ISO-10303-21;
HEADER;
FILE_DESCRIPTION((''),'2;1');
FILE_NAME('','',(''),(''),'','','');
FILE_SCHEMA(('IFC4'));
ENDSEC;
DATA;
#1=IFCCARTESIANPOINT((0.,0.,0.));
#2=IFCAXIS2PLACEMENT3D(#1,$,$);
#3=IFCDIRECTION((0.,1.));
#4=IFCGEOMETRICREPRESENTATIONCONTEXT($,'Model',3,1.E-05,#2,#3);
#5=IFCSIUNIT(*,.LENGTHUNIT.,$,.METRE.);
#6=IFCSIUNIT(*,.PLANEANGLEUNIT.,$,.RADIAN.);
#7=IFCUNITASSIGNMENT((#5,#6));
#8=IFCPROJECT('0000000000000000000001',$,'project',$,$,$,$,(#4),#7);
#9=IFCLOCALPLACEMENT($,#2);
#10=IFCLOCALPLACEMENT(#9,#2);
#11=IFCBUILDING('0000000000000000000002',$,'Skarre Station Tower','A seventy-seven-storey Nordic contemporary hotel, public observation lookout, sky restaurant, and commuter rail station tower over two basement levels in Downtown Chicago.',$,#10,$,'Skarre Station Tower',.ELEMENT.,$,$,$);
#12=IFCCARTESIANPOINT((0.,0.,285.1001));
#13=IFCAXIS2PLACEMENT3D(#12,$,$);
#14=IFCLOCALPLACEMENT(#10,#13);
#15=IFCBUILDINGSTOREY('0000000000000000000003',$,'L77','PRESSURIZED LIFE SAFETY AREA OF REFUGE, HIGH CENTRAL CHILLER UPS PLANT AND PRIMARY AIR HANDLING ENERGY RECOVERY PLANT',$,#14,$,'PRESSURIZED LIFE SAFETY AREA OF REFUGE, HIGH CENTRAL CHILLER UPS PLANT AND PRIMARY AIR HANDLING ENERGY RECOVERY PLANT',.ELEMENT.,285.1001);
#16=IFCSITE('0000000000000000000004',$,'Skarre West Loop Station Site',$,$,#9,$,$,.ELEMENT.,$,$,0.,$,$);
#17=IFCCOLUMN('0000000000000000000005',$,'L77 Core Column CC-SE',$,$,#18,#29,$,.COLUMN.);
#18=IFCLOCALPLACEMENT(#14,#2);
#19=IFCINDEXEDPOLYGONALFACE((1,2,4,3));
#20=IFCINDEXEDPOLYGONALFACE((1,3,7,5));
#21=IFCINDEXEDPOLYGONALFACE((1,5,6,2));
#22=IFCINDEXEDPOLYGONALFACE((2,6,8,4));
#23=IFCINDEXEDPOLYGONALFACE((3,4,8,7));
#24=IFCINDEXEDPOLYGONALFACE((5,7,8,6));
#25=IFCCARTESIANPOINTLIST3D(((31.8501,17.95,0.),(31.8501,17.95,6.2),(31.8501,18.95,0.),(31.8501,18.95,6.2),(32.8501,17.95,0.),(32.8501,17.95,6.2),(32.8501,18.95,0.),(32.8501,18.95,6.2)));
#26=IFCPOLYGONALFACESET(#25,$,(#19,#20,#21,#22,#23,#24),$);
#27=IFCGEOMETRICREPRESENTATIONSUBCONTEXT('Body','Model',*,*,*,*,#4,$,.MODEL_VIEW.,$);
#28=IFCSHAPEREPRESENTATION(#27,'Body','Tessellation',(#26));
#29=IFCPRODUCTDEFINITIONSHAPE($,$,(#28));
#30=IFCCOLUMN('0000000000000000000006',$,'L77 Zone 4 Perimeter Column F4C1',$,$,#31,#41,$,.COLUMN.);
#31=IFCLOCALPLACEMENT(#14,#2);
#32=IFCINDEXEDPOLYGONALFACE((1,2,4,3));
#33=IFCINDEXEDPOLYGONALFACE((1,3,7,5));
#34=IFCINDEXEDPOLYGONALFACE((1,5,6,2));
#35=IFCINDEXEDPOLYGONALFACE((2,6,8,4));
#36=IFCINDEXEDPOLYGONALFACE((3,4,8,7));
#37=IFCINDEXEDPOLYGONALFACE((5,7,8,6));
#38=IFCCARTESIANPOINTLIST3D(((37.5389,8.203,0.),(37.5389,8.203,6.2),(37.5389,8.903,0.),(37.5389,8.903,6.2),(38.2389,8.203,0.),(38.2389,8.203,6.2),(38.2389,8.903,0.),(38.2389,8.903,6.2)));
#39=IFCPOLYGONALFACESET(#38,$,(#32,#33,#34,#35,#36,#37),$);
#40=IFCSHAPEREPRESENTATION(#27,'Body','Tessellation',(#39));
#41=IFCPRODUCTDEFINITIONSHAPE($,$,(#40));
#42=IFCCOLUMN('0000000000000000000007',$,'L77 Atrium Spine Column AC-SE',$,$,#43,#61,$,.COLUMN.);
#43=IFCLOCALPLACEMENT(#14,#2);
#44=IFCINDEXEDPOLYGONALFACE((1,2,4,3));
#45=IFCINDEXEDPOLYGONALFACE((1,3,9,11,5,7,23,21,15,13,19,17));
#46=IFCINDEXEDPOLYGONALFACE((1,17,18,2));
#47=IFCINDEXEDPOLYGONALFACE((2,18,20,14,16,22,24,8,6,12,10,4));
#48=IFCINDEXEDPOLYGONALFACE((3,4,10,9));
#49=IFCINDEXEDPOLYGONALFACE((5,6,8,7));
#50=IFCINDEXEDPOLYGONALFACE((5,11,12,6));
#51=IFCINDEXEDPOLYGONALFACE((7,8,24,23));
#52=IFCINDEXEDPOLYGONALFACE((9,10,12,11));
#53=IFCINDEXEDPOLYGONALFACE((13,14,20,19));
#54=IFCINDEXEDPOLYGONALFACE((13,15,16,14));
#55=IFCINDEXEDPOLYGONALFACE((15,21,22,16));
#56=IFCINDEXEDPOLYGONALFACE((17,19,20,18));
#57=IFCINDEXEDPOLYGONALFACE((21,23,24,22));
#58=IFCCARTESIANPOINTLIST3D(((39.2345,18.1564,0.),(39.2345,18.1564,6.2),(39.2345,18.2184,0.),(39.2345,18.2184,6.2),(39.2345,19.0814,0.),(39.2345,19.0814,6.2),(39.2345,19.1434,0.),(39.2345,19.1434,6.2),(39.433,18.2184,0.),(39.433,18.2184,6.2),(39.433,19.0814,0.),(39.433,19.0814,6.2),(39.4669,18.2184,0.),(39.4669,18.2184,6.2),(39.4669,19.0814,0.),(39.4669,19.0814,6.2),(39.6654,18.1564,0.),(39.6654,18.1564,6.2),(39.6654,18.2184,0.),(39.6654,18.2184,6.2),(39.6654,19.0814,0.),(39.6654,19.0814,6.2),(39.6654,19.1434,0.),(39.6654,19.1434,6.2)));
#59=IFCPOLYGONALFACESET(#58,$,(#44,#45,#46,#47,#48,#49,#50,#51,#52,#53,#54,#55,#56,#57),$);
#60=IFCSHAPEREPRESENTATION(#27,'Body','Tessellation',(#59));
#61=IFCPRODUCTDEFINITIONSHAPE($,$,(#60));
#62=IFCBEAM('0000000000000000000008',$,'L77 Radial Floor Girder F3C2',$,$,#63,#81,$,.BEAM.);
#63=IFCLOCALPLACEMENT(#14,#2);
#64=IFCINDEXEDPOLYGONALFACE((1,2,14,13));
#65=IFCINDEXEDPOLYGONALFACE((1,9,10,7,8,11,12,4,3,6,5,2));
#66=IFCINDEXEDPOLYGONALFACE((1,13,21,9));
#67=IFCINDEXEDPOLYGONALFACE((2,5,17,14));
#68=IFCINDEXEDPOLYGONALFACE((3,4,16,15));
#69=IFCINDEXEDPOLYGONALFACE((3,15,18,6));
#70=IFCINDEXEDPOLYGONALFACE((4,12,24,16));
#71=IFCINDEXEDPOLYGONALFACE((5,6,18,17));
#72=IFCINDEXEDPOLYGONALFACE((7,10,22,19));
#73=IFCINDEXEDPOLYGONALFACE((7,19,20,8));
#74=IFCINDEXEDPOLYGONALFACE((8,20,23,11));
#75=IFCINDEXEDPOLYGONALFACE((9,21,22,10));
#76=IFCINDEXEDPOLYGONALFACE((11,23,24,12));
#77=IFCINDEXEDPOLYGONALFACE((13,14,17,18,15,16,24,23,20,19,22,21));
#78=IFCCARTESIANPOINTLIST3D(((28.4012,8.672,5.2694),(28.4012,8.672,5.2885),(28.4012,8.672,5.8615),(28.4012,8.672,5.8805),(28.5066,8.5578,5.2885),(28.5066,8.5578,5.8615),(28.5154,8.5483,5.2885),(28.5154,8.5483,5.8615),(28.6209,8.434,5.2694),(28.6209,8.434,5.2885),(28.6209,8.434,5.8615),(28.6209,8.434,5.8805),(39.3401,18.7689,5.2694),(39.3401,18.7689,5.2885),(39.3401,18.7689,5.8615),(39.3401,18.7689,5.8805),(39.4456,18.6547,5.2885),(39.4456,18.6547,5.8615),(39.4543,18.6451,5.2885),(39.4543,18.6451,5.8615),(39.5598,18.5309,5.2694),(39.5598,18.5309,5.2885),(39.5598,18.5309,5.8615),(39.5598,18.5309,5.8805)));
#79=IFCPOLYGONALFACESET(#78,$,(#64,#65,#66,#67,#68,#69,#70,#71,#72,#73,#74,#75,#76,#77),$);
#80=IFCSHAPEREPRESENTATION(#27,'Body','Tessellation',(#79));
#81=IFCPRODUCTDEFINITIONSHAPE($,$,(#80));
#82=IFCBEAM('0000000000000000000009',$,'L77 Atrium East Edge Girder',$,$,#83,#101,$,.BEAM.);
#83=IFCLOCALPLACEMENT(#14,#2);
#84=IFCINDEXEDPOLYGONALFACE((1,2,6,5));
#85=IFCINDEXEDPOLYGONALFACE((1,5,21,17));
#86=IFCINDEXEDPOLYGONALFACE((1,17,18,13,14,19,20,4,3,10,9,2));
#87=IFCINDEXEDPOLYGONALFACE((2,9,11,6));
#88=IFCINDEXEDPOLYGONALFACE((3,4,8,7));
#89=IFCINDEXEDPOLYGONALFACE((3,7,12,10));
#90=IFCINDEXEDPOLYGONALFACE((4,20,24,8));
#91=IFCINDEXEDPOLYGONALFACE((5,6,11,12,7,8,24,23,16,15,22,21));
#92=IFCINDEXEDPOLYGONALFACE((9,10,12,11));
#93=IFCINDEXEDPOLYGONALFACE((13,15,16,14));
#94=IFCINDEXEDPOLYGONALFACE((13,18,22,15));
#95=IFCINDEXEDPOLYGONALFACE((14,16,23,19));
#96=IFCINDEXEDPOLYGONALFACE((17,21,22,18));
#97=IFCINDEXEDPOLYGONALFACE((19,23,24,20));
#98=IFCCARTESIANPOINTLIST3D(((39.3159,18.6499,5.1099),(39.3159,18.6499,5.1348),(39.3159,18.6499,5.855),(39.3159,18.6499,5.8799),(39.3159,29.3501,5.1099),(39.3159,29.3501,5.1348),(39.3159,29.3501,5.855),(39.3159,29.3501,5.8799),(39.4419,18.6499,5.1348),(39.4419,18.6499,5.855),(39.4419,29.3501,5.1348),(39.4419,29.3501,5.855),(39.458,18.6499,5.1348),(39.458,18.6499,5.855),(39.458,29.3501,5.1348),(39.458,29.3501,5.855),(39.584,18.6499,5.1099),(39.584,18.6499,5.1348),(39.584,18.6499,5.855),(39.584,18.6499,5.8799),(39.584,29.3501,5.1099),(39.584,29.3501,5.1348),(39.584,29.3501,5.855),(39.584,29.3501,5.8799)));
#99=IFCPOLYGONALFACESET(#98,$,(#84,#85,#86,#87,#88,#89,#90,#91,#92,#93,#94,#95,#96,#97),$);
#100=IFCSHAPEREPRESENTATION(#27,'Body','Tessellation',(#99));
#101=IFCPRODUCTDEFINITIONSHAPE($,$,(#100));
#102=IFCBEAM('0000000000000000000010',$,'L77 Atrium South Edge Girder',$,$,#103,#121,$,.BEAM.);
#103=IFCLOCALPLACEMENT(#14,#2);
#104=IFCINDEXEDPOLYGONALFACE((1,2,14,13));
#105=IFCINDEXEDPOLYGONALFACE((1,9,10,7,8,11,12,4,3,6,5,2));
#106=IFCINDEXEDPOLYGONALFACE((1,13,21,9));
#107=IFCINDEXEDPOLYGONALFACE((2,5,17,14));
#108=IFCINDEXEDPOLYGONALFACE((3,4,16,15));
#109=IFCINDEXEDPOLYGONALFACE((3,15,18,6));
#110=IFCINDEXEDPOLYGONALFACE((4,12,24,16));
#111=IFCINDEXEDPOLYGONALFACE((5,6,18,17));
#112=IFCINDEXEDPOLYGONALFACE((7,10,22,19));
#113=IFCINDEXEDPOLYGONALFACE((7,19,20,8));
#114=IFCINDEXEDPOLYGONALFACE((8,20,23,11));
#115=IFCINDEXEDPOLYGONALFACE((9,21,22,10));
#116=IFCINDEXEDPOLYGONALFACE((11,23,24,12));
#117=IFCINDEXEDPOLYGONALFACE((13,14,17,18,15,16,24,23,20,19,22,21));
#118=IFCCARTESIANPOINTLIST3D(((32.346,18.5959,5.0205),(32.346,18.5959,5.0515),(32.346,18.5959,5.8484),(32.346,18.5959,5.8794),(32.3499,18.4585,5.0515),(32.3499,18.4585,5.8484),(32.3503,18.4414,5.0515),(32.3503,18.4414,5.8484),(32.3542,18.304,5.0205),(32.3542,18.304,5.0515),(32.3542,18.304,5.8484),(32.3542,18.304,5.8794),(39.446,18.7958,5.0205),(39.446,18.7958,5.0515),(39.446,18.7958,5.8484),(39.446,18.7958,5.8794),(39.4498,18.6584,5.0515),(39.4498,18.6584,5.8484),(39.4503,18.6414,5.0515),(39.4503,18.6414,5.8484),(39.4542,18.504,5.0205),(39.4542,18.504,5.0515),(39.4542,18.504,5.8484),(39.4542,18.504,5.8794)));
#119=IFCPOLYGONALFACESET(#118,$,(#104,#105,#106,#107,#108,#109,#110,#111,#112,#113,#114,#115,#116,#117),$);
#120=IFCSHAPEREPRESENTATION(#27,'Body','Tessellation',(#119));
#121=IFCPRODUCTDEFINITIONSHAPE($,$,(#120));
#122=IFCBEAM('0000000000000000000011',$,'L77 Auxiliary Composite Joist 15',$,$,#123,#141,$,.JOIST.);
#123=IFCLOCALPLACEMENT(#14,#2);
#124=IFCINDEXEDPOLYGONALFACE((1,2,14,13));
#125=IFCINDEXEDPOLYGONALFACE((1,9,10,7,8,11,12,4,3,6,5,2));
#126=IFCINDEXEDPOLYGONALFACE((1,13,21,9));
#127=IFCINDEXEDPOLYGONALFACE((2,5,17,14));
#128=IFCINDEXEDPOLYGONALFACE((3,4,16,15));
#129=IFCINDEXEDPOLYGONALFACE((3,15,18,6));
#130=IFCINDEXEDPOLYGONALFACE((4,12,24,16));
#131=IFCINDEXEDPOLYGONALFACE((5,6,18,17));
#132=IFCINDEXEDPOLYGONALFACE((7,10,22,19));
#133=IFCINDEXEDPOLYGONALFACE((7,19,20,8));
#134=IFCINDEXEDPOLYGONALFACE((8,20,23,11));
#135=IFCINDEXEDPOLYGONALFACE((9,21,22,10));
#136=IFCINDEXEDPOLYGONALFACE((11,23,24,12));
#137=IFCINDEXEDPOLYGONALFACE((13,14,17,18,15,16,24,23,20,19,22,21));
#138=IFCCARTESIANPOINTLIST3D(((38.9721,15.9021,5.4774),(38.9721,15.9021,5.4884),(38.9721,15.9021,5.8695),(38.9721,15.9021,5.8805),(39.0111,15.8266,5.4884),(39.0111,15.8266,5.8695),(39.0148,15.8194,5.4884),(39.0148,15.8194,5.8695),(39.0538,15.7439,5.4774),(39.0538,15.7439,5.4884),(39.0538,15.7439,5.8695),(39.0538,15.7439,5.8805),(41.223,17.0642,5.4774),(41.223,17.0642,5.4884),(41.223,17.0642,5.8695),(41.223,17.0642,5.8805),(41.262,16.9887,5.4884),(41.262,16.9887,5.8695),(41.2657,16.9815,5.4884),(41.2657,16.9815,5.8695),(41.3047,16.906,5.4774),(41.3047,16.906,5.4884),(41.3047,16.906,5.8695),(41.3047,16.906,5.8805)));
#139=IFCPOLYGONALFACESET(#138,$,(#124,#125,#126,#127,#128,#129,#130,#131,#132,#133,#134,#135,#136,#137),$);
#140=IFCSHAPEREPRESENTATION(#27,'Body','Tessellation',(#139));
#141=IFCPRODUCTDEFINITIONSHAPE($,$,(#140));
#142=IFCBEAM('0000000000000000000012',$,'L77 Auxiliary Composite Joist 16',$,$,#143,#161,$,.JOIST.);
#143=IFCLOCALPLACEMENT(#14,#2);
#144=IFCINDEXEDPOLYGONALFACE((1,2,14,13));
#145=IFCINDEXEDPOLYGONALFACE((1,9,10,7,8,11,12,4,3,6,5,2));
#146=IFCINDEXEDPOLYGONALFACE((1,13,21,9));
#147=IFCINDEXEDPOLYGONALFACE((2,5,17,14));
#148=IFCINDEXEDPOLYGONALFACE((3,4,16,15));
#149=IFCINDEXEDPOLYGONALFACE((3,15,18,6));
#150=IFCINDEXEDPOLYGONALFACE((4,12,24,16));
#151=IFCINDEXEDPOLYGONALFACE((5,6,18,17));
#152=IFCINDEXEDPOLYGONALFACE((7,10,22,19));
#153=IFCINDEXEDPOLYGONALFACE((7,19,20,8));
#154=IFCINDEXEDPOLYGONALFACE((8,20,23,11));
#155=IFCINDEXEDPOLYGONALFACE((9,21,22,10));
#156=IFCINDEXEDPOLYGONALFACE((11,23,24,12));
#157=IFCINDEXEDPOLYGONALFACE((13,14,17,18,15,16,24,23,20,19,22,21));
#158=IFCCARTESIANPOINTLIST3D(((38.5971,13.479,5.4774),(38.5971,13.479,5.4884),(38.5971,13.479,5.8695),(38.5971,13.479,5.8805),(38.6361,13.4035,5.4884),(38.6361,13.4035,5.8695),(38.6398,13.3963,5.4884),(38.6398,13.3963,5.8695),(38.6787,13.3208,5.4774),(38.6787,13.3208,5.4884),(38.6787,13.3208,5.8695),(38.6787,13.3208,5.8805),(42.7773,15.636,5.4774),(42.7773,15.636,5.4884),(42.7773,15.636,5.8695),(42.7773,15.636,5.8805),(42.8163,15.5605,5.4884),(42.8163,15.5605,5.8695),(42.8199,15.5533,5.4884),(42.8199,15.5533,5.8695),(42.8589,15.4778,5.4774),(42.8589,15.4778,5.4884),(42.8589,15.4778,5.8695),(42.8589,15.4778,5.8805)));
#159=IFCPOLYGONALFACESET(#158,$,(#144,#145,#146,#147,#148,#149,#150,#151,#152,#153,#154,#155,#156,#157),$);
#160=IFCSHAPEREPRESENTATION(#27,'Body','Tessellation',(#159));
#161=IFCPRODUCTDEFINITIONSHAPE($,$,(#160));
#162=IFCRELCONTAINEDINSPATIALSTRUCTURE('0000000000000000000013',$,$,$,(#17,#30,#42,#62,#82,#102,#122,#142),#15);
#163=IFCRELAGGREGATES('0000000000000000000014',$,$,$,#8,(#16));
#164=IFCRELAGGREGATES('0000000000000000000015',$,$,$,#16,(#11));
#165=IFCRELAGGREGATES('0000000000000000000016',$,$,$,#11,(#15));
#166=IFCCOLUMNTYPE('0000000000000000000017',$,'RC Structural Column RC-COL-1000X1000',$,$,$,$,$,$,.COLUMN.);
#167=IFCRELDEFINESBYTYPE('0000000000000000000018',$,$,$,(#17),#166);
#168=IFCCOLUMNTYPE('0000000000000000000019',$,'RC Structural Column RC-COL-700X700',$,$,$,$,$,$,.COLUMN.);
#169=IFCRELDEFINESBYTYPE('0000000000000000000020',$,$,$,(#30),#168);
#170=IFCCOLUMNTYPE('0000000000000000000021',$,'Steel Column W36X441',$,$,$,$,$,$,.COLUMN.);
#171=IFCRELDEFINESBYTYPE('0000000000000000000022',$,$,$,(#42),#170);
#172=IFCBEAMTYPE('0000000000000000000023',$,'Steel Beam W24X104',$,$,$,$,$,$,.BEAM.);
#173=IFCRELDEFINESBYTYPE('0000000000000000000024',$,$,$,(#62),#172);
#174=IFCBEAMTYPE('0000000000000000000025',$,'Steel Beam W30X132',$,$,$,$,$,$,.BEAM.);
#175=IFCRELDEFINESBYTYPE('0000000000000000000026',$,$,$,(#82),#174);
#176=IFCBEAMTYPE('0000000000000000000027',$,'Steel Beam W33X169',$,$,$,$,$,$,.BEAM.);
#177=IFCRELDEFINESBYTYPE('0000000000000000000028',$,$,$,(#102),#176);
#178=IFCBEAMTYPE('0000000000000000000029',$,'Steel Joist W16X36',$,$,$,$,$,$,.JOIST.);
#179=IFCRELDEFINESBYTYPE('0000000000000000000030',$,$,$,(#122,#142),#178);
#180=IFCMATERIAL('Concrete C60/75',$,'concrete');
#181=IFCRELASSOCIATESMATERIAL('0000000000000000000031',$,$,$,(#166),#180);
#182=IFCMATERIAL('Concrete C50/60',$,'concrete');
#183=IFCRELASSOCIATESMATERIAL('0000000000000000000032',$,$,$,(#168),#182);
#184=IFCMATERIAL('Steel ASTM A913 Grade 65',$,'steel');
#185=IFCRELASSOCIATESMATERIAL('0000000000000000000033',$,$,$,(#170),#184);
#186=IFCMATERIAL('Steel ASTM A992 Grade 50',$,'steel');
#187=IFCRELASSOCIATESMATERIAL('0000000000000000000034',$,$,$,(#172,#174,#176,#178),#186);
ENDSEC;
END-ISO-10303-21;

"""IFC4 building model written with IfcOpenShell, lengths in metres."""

from ifc_helpers import new_model, si_unit, direction, frame, origin, origin_2d, place, context, subcontext, project, spatial, rectangle, i_section, extrude, material, material_profile, profile_set, type_object, element, save


model = new_model("IFC4")

# Units and contexts
model_context = context("Model", 3, precision=1e-05, world=origin(), true_north=direction((0.0, 1.0)))
body_context = subcontext(model_context, "Body", "Model", "MODEL_VIEW")
ifc_project = project(units=[si_unit("LENGTHUNIT", "METRE"), si_unit("PLANEANGLEUNIT", "RADIAN")], contexts=[model_context])

# Site, building, storey
site_placement = place(None, origin())
site = spatial("IfcSite", under=ifc_project, at=site_placement, Name="Skarre West Loop Station Site", CompositionType="ELEMENT", RefElevation=0.0)
building_placement = place(site_placement, origin())
building = spatial("IfcBuilding", under=site, at=building_placement, Name="Skarre Station Tower", Description="A seventy-seven-storey Nordic contemporary hotel, public observation lookout, sky restaurant, and commuter rail station tower over two basement levels in Downtown Chicago.", LongName="Skarre Station Tower", CompositionType="ELEMENT")
storey_placement = place(building_placement, frame((0.0, 0.0, 285.1001)))
storey = spatial("IfcBuildingStorey", under=building, at=storey_placement, Name="L77", Description="PRESSURIZED LIFE SAFETY AREA OF REFUGE, HIGH CENTRAL CHILLER UPS PLANT AND PRIMARY AIR HANDLING ENERGY RECOVERY PLANT", LongName="PRESSURIZED LIFE SAFETY AREA OF REFUGE, HIGH CENTRAL CHILLER UPS PLANT AND PRIMARY AIR HANDLING ENERGY RECOVERY PLANT", CompositionType="ELEMENT", Elevation=285.1001)

# Columns
ifc_material_1 = material(Name="Concrete C60/75", Category="concrete")
ifc_material_profile_1 = material_profile(ifc_material_1, rectangle(XDim=1.0, YDim=1.0, at=origin_2d()), Name="Concrete C60/75")
ifc_profile_set_1 = profile_set([ifc_material_profile_1], Name="Concrete C60/75")
column_type_1 = type_object("IfcColumnType", Name="RC Structural Column RC-COL-1000X1000", PredefinedType="COLUMN", material=ifc_profile_set_1)
column_1_placement = place(storey_placement, frame((32.3501, 18.45, 0.0), z_axis=(0.0, 0.0, 1.0), x_axis=(1.0, 0.0, 0.0)))
element("IfcColumn", 1, at=column_1_placement, inside=storey, type_object=column_type_1, Name="L77 Core Column CC-SE", PredefinedType="COLUMN", context=body_context, shape_type="SweptSolid", body=[
    extrude(rectangle(XDim=1.0, YDim=1.0, at=origin_2d()), origin(), (0.0, 0.0, 1.0), 6.2),
])
ifc_material_2 = material(Name="Concrete C50/60", Category="concrete")
ifc_material_profile_2 = material_profile(ifc_material_2, rectangle(XDim=0.7, YDim=0.7, at=origin_2d()), Name="Concrete C50/60")
ifc_profile_set_2 = profile_set([ifc_material_profile_2], Name="Concrete C50/60")
column_type_2 = type_object("IfcColumnType", Name="RC Structural Column RC-COL-700X700", PredefinedType="COLUMN", material=ifc_profile_set_2)
column_2_placement = place(storey_placement, frame((37.8889, 8.553, 0.0), z_axis=(0.0, 0.0, 1.0), x_axis=(1.0, 0.0, 0.0)))
element("IfcColumn", 2, at=column_2_placement, inside=storey, type_object=column_type_2, Name="L77 Zone 4 Perimeter Column F4C1", PredefinedType="COLUMN", context=body_context, shape_type="SweptSolid", body=[
    extrude(rectangle(XDim=0.7, YDim=0.7, at=origin_2d()), origin(), (0.0, 0.0, 1.0), 6.2),
])
ifc_material_3 = material(Name="Steel ASTM A913 Grade 65", Category="steel")
ifc_material_profile_3 = material_profile(ifc_material_3, i_section(OverallWidth=0.4309, OverallDepth=0.9871, WebThickness=0.0339, FlangeThickness=0.062, at=origin_2d()), Name="Steel ASTM A913 Grade 65")
ifc_profile_set_3 = profile_set([ifc_material_profile_3], Name="Steel ASTM A913 Grade 65")
column_type_3 = type_object("IfcColumnType", Name="Steel Column W36X441", PredefinedType="COLUMN", material=ifc_profile_set_3)
column_3_placement = place(storey_placement, frame((39.45, 18.6499, 0.0), z_axis=(0.0, 0.0, 1.0), x_axis=(1.0, 0.0, 0.0)))
element("IfcColumn", 3, at=column_3_placement, inside=storey, type_object=column_type_3, Name="L77 Atrium Spine Column AC-SE", PredefinedType="COLUMN", context=body_context, shape_type="SweptSolid", body=[
    extrude(i_section(OverallWidth=0.4309, OverallDepth=0.9871, WebThickness=0.0339, FlangeThickness=0.062, at=origin_2d()), origin(), (0.0, 0.0, 1.0), 6.2),
])

# Beams
ifc_material_4 = material(Name="Steel ASTM A992 Grade 50", Category="steel")
ifc_material_profile_4 = material_profile(ifc_material_4, i_section(OverallWidth=0.324, OverallDepth=0.6111, WebThickness=0.0129, FlangeThickness=0.019, at=origin_2d()), Name="Steel ASTM A992 Grade 50")
ifc_profile_set_4 = profile_set([ifc_material_profile_4], Name="Steel ASTM A992 Grade 50")
beam_type_1 = type_object("IfcBeamType", Name="Steel Beam W24X104", PredefinedType="BEAM", material=ifc_profile_set_4)
beam_1_placement = place(storey_placement, frame((39.45, 18.6499, 5.575), z_axis=(-0.734823, -0.678259, 0.0), x_axis=(0.678259, -0.734823, 0.0)))
element("IfcBeam", 4, at=beam_1_placement, inside=storey, type_object=beam_type_1, Name="L77 Radial Floor Girder F3C2", PredefinedType="BEAM", context=body_context, shape_type="SweptSolid", body=[
    extrude(i_section(OverallWidth=0.324, OverallDepth=0.6111, WebThickness=0.0129, FlangeThickness=0.019, at=origin_2d()), origin(), (0.0, 0.0, 1.0), 14.8865),
])
ifc_material_profile_5 = material_profile(ifc_material_4, i_section(OverallWidth=0.2681, OverallDepth=0.77, WebThickness=0.0161, FlangeThickness=0.0249, at=origin_2d()), Name="Steel ASTM A992 Grade 50")
ifc_profile_set_5 = profile_set([ifc_material_profile_5], Name="Steel ASTM A992 Grade 50")
beam_type_2 = type_object("IfcBeamType", Name="Steel Beam W30X132", PredefinedType="BEAM", material=ifc_profile_set_5)
beam_2_placement = place(storey_placement, frame((39.45, 18.6499, 5.4949), z_axis=(0.0, 1.0, 0.0), x_axis=(-1.0, 0.0, 0.0)))
element("IfcBeam", 5, at=beam_2_placement, inside=storey, type_object=beam_type_2, Name="L77 Atrium East Edge Girder", PredefinedType="BEAM", context=body_context, shape_type="SweptSolid", body=[
    extrude(i_section(OverallWidth=0.2681, OverallDepth=0.77, WebThickness=0.0161, FlangeThickness=0.0249, at=origin_2d()), origin(), (0.0, 0.0, 1.0), 10.7002),
])
ifc_material_profile_6 = material_profile(ifc_material_4, i_section(OverallWidth=0.292, OverallDepth=0.8589, WebThickness=0.0171, FlangeThickness=0.031, at=origin_2d()), Name="Steel ASTM A992 Grade 50")
ifc_profile_set_6 = profile_set([ifc_material_profile_6], Name="Steel ASTM A992 Grade 50")
beam_type_3 = type_object("IfcBeamType", Name="Steel Beam W33X169", PredefinedType="BEAM", material=ifc_profile_set_6)
beam_3_placement = place(storey_placement, frame((32.3501, 18.45, 5.45), z_axis=(0.999604, 0.028152, 0.0), x_axis=(-0.028152, 0.999604, 0.0)))
element("IfcBeam", 6, at=beam_3_placement, inside=storey, type_object=beam_type_3, Name="L77 Atrium South Edge Girder", PredefinedType="BEAM", context=body_context, shape_type="SweptSolid", body=[
    extrude(i_section(OverallWidth=0.292, OverallDepth=0.8589, WebThickness=0.0171, FlangeThickness=0.031, at=origin_2d()), origin(), (0.0, 0.0, 1.0), 7.1028),
])
ifc_material_profile_7 = material_profile(ifc_material_4, i_section(OverallWidth=0.178, OverallDepth=0.4031, WebThickness=0.0081, FlangeThickness=0.011, at=origin_2d()), Name="Steel ASTM A992 Grade 50")
ifc_profile_set_7 = profile_set([ifc_material_profile_7], Name="Steel ASTM A992 Grade 50")
beam_type_4 = type_object("IfcBeamType", Name="Steel Joist W16X36", PredefinedType="JOIST", material=ifc_profile_set_7)
beam_4_placement = place(storey_placement, frame((39.0129, 15.823, 5.679), z_axis=(0.88857, 0.458741, 0.0), x_axis=(-0.458741, 0.88857, 0.0)))
element("IfcBeam", 7, at=beam_4_placement, inside=storey, type_object=beam_type_4, Name="L77 Auxiliary Composite Joist 15", PredefinedType="JOIST", context=body_context, shape_type="SweptSolid", body=[
    extrude(i_section(OverallWidth=0.178, OverallDepth=0.4031, WebThickness=0.0081, FlangeThickness=0.011, at=origin_2d()), origin(), (0.0, 0.0, 1.0), 2.5332),
])
beam_5_placement = place(storey_placement, frame((38.6379, 13.3999, 5.679), z_axis=(0.888666, 0.458554, 0.0), x_axis=(-0.458554, 0.888666, 0.0)))
element("IfcBeam", 8, at=beam_5_placement, inside=storey, type_object=beam_type_4, Name="L77 Auxiliary Composite Joist 16", PredefinedType="JOIST", context=body_context, shape_type="SweptSolid", body=[
    extrude(i_section(OverallWidth=0.178, OverallDepth=0.4031, WebThickness=0.0081, FlangeThickness=0.011, at=origin_2d()), origin(), (0.0, 0.0, 1.0), 4.7039),
])

save(model, "model.ifc")
